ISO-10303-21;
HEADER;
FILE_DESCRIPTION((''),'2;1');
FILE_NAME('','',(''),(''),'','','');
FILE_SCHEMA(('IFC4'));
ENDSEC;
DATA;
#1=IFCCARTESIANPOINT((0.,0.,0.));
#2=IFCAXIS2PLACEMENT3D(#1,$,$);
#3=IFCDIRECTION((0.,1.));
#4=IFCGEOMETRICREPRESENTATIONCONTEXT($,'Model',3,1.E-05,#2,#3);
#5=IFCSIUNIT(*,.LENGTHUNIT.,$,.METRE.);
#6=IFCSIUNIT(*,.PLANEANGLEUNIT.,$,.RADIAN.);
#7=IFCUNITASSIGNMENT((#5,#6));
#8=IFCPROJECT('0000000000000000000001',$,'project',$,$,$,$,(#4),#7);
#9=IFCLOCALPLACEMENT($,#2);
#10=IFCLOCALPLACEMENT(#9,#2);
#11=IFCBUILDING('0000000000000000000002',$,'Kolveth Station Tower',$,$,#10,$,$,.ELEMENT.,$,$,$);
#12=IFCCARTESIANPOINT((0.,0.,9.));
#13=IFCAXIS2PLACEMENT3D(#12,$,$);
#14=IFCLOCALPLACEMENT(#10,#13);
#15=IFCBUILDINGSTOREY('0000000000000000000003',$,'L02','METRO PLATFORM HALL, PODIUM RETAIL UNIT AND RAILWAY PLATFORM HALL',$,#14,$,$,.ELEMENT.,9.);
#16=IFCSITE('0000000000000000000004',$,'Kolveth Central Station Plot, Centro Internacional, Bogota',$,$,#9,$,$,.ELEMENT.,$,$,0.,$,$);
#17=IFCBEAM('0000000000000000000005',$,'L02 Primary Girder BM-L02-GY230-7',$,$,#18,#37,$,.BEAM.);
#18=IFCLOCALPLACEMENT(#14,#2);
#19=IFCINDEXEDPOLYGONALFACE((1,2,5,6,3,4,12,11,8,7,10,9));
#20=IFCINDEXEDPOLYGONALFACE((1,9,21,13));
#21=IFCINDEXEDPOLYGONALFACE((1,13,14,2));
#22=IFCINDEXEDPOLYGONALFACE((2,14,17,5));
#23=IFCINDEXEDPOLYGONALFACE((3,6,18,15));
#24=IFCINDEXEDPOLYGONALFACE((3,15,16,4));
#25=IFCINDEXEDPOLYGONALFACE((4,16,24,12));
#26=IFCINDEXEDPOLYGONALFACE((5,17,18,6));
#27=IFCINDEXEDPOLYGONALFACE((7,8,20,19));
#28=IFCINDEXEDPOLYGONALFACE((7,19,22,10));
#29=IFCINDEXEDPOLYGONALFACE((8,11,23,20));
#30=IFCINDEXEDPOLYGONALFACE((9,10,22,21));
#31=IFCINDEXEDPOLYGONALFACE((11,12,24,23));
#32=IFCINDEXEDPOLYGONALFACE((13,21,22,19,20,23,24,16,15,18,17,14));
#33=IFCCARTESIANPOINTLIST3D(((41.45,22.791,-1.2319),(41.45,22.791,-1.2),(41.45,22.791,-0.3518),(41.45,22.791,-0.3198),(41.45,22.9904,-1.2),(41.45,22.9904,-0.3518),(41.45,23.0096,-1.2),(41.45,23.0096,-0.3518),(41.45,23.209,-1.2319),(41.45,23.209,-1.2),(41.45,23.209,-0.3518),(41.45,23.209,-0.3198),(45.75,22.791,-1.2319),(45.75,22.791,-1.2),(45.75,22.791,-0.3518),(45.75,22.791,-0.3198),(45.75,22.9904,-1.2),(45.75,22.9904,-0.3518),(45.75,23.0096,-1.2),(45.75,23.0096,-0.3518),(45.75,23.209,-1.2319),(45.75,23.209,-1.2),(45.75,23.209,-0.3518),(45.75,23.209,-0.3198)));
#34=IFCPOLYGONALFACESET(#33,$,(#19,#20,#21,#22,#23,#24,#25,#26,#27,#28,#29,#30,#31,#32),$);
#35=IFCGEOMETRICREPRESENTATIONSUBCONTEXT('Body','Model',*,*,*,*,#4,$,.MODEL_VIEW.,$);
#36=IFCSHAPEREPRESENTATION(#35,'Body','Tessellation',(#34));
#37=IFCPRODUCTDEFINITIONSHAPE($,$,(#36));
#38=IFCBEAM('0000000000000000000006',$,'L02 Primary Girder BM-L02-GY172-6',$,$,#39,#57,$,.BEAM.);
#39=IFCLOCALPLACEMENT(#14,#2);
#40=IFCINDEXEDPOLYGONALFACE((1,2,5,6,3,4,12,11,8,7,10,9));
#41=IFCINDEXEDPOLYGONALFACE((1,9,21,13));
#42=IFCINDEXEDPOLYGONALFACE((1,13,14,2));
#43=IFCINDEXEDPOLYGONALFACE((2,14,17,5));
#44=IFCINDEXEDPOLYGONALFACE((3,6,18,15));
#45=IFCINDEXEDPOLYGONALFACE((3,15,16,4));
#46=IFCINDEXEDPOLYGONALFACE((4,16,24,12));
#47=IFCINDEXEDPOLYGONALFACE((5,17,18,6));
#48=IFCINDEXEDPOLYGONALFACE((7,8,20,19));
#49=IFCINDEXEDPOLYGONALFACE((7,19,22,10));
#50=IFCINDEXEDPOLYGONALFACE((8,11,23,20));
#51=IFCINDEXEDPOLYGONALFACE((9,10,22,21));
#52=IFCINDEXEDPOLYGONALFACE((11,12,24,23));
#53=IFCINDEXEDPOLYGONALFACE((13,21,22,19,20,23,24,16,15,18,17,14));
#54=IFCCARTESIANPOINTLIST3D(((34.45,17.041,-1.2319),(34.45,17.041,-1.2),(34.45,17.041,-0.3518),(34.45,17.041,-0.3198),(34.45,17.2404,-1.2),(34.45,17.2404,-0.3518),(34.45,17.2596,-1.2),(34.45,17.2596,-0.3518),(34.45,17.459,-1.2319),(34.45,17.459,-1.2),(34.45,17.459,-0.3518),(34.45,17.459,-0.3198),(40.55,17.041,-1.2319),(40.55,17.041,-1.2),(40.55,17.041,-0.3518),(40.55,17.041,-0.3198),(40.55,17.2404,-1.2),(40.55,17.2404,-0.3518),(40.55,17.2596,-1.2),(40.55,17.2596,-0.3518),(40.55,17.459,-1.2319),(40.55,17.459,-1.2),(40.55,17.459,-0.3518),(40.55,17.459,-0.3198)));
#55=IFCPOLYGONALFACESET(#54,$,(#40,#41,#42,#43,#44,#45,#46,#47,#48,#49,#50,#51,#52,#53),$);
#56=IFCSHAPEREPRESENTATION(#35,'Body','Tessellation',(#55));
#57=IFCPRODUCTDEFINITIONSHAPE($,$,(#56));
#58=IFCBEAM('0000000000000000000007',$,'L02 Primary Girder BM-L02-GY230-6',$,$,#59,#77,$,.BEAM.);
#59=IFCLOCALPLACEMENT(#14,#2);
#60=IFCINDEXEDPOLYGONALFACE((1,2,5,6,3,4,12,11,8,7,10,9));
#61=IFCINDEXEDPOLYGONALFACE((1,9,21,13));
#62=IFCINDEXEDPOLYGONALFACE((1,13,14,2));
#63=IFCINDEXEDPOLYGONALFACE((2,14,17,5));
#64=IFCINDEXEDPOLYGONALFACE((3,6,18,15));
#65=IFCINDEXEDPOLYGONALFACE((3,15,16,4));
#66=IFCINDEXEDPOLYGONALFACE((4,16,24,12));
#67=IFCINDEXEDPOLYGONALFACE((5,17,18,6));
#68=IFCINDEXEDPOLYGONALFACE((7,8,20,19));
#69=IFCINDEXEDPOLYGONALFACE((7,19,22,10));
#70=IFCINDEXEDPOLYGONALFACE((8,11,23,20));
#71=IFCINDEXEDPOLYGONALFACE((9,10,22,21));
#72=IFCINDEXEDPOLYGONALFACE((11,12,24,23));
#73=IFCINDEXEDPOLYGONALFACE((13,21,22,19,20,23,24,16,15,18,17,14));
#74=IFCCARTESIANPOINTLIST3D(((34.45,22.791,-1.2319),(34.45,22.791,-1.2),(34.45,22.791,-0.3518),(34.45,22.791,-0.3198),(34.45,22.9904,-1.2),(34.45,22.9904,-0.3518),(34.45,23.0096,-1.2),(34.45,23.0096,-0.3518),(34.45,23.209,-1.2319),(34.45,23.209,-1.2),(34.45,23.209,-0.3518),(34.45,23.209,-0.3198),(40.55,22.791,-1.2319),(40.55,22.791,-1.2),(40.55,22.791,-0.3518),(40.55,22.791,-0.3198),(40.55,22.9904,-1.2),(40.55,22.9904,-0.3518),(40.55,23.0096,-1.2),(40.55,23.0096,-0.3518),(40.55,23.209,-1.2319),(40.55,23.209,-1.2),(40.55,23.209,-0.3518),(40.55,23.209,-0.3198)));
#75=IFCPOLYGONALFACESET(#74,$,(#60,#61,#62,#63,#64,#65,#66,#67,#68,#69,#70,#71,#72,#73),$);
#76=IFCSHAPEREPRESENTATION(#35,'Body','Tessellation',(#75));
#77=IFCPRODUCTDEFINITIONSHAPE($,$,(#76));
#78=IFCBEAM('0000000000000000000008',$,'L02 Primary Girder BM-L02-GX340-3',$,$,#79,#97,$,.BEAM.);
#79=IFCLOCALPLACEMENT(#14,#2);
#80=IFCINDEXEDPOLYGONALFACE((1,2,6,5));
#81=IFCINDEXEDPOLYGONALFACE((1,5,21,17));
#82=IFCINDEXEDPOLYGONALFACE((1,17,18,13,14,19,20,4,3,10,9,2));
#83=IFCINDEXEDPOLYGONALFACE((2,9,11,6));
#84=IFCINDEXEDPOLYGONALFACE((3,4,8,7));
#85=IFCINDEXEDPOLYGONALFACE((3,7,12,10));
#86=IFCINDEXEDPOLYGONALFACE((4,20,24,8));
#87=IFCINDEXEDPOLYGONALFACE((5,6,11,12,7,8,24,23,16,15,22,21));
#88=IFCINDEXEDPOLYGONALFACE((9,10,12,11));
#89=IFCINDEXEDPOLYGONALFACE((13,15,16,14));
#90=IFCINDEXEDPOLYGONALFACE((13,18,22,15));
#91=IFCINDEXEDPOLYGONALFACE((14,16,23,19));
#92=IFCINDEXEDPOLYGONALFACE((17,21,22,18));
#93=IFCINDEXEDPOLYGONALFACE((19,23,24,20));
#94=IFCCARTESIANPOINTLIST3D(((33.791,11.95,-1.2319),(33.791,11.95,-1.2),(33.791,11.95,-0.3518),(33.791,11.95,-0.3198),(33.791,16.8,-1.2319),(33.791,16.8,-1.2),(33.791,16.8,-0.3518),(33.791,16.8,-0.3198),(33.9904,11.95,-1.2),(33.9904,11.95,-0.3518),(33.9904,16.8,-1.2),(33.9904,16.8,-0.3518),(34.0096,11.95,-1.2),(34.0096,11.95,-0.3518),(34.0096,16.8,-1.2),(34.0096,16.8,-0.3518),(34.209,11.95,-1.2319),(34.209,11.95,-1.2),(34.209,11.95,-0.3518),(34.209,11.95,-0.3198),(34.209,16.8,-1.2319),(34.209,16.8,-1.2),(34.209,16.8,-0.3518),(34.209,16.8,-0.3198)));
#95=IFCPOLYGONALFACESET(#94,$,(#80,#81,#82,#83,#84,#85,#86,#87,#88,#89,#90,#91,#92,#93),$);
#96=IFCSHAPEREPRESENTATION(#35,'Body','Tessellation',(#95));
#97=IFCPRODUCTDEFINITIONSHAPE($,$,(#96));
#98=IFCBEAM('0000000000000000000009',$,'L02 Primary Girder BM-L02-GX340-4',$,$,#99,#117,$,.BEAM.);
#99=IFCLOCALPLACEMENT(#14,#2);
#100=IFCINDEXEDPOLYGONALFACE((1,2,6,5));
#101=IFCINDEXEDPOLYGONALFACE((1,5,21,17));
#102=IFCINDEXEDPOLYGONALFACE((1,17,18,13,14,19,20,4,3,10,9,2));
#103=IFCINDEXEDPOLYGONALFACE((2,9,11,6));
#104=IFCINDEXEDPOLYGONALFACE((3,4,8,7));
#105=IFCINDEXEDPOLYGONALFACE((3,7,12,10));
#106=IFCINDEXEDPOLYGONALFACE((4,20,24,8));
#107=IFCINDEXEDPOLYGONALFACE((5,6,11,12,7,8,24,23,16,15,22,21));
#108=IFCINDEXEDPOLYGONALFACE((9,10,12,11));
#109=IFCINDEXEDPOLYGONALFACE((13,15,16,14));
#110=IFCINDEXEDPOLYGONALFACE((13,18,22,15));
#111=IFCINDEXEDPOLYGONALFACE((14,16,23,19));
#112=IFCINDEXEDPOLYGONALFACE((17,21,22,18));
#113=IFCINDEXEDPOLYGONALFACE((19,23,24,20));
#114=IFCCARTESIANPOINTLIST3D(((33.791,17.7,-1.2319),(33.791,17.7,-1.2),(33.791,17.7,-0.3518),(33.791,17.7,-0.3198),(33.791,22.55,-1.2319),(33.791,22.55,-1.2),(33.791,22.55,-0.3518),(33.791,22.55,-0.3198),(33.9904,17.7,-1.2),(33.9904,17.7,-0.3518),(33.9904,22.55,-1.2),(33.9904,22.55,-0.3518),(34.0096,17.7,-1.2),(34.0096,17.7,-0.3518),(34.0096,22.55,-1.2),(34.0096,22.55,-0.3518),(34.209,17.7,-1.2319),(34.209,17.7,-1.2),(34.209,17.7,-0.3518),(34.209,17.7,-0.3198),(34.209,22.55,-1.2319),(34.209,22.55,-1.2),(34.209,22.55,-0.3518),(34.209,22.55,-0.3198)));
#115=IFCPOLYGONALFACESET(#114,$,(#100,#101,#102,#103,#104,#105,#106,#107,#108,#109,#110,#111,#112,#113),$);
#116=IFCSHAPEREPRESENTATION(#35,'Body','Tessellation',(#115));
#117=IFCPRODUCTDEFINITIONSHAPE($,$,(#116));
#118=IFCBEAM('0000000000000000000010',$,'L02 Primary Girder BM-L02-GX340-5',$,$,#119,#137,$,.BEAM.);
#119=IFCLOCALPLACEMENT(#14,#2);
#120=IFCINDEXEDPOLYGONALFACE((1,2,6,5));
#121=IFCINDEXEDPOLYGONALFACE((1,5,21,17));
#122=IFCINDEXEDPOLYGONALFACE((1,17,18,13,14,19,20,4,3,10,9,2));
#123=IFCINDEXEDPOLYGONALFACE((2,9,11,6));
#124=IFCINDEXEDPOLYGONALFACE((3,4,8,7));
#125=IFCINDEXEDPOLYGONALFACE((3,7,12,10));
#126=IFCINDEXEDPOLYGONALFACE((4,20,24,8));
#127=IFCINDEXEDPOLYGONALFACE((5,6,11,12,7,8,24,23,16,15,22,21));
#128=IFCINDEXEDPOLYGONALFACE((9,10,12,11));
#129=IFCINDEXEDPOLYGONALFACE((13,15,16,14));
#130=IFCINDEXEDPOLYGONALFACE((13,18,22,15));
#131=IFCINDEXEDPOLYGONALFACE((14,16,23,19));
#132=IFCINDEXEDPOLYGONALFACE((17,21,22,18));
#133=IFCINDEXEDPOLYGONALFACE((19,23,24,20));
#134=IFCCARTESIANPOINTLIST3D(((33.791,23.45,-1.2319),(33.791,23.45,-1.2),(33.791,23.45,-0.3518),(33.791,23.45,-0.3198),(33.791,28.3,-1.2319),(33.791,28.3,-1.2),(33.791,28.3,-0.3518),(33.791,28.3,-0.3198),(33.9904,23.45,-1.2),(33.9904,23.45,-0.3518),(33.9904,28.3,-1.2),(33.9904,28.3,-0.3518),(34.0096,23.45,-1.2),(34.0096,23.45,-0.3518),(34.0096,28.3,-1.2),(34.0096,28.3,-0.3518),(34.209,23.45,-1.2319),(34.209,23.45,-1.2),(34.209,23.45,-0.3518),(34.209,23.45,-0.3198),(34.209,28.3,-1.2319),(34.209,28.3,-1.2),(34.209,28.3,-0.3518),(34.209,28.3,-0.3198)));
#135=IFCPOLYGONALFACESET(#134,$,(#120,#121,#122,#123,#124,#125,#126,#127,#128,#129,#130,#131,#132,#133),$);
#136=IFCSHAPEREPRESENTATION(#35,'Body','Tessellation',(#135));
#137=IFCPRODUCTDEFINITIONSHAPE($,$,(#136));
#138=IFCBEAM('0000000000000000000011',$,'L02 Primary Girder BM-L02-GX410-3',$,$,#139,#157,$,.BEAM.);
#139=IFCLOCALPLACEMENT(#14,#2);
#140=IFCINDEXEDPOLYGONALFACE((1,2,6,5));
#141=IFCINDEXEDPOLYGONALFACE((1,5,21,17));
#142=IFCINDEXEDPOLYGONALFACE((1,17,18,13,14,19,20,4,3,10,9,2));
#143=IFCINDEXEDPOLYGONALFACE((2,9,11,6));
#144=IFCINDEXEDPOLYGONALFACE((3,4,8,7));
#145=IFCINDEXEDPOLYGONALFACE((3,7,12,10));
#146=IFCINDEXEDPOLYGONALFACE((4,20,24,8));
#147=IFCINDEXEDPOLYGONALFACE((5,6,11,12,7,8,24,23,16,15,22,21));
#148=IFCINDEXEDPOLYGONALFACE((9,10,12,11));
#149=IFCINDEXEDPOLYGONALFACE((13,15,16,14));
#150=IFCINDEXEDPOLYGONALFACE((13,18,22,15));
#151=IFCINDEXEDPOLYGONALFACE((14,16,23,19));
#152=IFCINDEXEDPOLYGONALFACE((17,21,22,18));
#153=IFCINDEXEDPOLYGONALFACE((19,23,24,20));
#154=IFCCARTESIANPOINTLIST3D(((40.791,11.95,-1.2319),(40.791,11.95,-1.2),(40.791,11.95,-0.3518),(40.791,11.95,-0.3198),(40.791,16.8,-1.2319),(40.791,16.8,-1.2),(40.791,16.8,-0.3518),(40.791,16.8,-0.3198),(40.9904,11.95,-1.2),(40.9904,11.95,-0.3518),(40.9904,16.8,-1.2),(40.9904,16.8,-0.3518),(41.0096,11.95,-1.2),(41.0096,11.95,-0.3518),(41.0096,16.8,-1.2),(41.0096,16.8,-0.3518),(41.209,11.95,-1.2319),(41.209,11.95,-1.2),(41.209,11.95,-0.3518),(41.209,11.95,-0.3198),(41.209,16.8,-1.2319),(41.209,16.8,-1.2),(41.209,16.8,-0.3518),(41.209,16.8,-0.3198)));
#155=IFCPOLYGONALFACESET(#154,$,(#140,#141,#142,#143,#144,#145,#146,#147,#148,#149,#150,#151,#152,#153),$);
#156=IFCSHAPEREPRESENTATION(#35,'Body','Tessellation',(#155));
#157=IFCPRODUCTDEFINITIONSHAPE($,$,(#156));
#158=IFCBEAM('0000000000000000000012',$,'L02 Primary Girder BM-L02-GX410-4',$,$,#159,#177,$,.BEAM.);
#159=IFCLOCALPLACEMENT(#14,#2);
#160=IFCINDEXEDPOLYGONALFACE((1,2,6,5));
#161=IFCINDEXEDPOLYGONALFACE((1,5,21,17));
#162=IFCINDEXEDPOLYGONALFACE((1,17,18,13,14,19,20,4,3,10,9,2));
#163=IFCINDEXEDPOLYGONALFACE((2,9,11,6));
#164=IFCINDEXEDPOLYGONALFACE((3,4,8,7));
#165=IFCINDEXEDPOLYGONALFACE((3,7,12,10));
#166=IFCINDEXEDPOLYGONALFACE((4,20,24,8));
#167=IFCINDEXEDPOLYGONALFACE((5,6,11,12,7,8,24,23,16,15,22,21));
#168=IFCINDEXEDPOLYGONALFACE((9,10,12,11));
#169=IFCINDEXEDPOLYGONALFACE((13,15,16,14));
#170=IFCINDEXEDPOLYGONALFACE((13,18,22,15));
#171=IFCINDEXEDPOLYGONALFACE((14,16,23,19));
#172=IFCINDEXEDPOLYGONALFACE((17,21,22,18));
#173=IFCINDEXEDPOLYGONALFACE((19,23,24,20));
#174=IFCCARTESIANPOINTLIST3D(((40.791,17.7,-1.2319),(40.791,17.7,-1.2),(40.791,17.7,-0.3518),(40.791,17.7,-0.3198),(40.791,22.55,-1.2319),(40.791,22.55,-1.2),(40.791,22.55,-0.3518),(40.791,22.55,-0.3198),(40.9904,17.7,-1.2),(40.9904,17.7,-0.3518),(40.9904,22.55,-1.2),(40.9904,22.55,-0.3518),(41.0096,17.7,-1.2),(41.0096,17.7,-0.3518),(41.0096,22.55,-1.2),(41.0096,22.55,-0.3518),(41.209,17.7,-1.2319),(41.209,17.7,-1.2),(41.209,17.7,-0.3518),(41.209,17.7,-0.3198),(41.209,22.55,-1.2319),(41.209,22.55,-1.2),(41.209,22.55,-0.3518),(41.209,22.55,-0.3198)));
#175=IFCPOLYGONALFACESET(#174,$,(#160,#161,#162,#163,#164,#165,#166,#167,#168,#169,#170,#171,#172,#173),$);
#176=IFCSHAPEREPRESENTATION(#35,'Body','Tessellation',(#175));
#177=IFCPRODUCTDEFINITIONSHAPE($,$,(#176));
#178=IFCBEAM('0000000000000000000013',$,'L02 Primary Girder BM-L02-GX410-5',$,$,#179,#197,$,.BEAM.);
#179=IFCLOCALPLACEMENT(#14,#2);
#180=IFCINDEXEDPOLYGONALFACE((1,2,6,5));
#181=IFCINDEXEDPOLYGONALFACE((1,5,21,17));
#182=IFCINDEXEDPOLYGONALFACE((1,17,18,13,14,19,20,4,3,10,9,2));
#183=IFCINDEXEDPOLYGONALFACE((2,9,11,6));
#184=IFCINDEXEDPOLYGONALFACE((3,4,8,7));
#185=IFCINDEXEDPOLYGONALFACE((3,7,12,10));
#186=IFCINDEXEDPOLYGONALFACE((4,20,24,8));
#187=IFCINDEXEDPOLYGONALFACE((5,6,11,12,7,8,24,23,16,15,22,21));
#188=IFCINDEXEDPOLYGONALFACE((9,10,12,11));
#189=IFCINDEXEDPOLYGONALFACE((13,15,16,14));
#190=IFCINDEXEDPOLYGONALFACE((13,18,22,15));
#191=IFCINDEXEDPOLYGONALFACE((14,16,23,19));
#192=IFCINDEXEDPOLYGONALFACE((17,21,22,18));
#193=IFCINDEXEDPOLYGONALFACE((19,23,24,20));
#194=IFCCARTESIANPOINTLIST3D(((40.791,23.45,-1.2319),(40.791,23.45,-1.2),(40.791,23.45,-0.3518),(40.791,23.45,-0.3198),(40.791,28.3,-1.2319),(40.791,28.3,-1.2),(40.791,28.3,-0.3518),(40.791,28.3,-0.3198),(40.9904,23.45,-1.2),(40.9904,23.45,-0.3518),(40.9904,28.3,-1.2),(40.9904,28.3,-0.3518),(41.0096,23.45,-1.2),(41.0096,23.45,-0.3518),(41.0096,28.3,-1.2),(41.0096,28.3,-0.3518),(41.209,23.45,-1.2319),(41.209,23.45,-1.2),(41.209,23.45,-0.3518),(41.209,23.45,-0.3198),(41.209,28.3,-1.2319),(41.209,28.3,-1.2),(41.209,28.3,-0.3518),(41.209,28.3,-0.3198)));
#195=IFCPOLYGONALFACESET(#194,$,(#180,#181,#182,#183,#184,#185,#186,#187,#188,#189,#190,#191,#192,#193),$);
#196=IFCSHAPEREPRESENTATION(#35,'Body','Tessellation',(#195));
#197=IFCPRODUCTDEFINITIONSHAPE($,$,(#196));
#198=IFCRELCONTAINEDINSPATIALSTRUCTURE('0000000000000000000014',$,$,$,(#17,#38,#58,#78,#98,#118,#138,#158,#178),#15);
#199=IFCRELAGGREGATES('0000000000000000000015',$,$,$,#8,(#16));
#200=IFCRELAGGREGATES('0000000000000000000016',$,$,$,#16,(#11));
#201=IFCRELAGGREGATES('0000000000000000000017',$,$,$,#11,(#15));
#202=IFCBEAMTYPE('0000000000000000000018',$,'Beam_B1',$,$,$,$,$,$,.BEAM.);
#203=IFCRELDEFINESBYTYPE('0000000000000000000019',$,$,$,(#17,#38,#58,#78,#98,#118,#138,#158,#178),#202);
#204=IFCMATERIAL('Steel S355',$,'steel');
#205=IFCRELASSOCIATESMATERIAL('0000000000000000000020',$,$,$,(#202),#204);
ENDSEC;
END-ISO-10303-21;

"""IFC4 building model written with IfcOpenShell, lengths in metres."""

from ifc_helpers import new_model, si_unit, direction, frame, origin, origin_2d, place, context, subcontext, project, spatial, i_section, extrude, source, transform, mapped, material, material_profile, profile_set, type_object, element, save


model = new_model("IFC4")

# Units and contexts
model_context = context("Model", 3, precision=1e-05, world=origin(), true_north=direction((0.0, 1.0)))
body_context = subcontext(model_context, "Body", "Model", "MODEL_VIEW")
ifc_project = project(units=[si_unit("LENGTHUNIT", "METRE"), si_unit("PLANEANGLEUNIT", "RADIAN")], contexts=[model_context])

# Site, building, storey
site_placement = place(None, origin())
site = spatial("IfcSite", under=ifc_project, at=site_placement, Name="Kolveth Central Station Plot, Centro Internacional, Bogota", CompositionType="ELEMENT", RefElevation=0.0)
building_placement = place(site_placement, origin())
building = spatial("IfcBuilding", under=site, at=building_placement, Name="Kolveth Station Tower", CompositionType="ELEMENT")
storey_placement = place(building_placement, frame((0.0, 0.0, 9.0)))
storey = spatial("IfcBuildingStorey", under=building, at=storey_placement, Name="L02", Description="METRO PLATFORM HALL, PODIUM RETAIL UNIT AND RAILWAY PLATFORM HALL", CompositionType="ELEMENT", Elevation=9.0)

# Beams
ifc_material_1 = material(Name="Steel S355", Category="steel")
ifc_material_profile_1 = material_profile(ifc_material_1, i_section(OverallWidth=0.418, OverallDepth=0.9121, WebThickness=0.0193, FlangeThickness=0.032, at=origin_2d()), Name="W920x342")
ifc_profile_set_1 = profile_set([ifc_material_profile_1], Name="Steel S355")
beam_type_1 = type_object("IfcBeamType", Name="Beam_B1", PredefinedType="BEAM", material=ifc_profile_set_1)
shared_shape_1 = source(origin(), body_context, "Body", "SweptSolid", [
    extrude(i_section(OverallWidth=0.418, OverallDepth=0.9121, WebThickness=0.0193, FlangeThickness=0.032, at=origin_2d()), origin(), (0.0, 0.0, 1.0), 4.3),
])
for number, where, z_axis, x_axis, name in (
    (1, (41.45, 23.0, -0.7759), (1.0, 0.0, 0.0), (0.0, 1.0, 0.0), "L02 Primary Girder BM-L02-GY230-7"),
):
    element("IfcBeam", number, at=place(storey_placement, frame(where, z_axis=z_axis, x_axis=x_axis)), inside=storey, type_object=beam_type_1, Name=name, PredefinedType="BEAM", context=body_context, shape_type="MappedRepresentation", body=[
        mapped(shared_shape_1, transform((0.0, 0.0, 0.0), x_axis=(1.0, 0.0, 0.0), y_axis=(0.0, 1.0, 0.0), z_axis=(0.0, 0.0, 1.0), scale=1.0)),
    ])
shared_shape_2 = source(origin(), body_context, "Body", "SweptSolid", [
    extrude(i_section(OverallWidth=0.418, OverallDepth=0.9121, WebThickness=0.0193, FlangeThickness=0.032, at=origin_2d()), origin(), (0.0, 0.0, 1.0), 6.1001),
])
for number, where, z_axis, x_axis, name in (
    (2, (34.45, 17.25, -0.7759), (1.0, 0.0, 0.0), (0.0, 1.0, 0.0), "L02 Primary Girder BM-L02-GY172-6"),
    (3, (34.45, 23.0, -0.7759), (1.0, 0.0, 0.0), (0.0, 1.0, 0.0), "L02 Primary Girder BM-L02-GY230-6"),
):
    element("IfcBeam", number, at=place(storey_placement, frame(where, z_axis=z_axis, x_axis=x_axis)), inside=storey, type_object=beam_type_1, Name=name, PredefinedType="BEAM", context=body_context, shape_type="MappedRepresentation", body=[
        mapped(shared_shape_2, transform((0.0, 0.0, 0.0), x_axis=(1.0, 0.0, 0.0), y_axis=(0.0, 1.0, 0.0), z_axis=(0.0, 0.0, 1.0), scale=1.0)),
    ])
shared_shape_3 = source(origin(), body_context, "Body", "SweptSolid", [
    extrude(i_section(OverallWidth=0.418, OverallDepth=0.9121, WebThickness=0.0193, FlangeThickness=0.032, at=origin_2d()), origin(), (0.0, 0.0, 1.0), 4.8501),
])
for number, where, z_axis, x_axis, name in (
    (4, (34.0, 11.95, -0.7759), (0.0, 1.0, 0.0), (-1.0, 0.0, 0.0), "L02 Primary Girder BM-L02-GX340-3"),
    (5, (34.0, 17.7, -0.7759), (0.0, 1.0, 0.0), (-1.0, 0.0, 0.0), "L02 Primary Girder BM-L02-GX340-4"),
    (6, (34.0, 23.45, -0.7759), (0.0, 1.0, 0.0), (-1.0, 0.0, 0.0), "L02 Primary Girder BM-L02-GX340-5"),
    (7, (41.0, 11.95, -0.7759), (0.0, 1.0, 0.0), (-1.0, 0.0, 0.0), "L02 Primary Girder BM-L02-GX410-3"),
    (8, (41.0, 17.7, -0.7759), (0.0, 1.0, 0.0), (-1.0, 0.0, 0.0), "L02 Primary Girder BM-L02-GX410-4"),
    (9, (41.0, 23.45, -0.7759), (0.0, 1.0, 0.0), (-1.0, 0.0, 0.0), "L02 Primary Girder BM-L02-GX410-5"),
):
    element("IfcBeam", number, at=place(storey_placement, frame(where, z_axis=z_axis, x_axis=x_axis)), inside=storey, type_object=beam_type_1, Name=name, PredefinedType="BEAM", context=body_context, shape_type="MappedRepresentation", body=[
        mapped(shared_shape_3, transform((0.0, 0.0, 0.0), x_axis=(1.0, 0.0, 0.0), y_axis=(0.0, 1.0, 0.0), z_axis=(0.0, 0.0, 1.0), scale=1.0)),
    ])

save(model, "model.ifc")
